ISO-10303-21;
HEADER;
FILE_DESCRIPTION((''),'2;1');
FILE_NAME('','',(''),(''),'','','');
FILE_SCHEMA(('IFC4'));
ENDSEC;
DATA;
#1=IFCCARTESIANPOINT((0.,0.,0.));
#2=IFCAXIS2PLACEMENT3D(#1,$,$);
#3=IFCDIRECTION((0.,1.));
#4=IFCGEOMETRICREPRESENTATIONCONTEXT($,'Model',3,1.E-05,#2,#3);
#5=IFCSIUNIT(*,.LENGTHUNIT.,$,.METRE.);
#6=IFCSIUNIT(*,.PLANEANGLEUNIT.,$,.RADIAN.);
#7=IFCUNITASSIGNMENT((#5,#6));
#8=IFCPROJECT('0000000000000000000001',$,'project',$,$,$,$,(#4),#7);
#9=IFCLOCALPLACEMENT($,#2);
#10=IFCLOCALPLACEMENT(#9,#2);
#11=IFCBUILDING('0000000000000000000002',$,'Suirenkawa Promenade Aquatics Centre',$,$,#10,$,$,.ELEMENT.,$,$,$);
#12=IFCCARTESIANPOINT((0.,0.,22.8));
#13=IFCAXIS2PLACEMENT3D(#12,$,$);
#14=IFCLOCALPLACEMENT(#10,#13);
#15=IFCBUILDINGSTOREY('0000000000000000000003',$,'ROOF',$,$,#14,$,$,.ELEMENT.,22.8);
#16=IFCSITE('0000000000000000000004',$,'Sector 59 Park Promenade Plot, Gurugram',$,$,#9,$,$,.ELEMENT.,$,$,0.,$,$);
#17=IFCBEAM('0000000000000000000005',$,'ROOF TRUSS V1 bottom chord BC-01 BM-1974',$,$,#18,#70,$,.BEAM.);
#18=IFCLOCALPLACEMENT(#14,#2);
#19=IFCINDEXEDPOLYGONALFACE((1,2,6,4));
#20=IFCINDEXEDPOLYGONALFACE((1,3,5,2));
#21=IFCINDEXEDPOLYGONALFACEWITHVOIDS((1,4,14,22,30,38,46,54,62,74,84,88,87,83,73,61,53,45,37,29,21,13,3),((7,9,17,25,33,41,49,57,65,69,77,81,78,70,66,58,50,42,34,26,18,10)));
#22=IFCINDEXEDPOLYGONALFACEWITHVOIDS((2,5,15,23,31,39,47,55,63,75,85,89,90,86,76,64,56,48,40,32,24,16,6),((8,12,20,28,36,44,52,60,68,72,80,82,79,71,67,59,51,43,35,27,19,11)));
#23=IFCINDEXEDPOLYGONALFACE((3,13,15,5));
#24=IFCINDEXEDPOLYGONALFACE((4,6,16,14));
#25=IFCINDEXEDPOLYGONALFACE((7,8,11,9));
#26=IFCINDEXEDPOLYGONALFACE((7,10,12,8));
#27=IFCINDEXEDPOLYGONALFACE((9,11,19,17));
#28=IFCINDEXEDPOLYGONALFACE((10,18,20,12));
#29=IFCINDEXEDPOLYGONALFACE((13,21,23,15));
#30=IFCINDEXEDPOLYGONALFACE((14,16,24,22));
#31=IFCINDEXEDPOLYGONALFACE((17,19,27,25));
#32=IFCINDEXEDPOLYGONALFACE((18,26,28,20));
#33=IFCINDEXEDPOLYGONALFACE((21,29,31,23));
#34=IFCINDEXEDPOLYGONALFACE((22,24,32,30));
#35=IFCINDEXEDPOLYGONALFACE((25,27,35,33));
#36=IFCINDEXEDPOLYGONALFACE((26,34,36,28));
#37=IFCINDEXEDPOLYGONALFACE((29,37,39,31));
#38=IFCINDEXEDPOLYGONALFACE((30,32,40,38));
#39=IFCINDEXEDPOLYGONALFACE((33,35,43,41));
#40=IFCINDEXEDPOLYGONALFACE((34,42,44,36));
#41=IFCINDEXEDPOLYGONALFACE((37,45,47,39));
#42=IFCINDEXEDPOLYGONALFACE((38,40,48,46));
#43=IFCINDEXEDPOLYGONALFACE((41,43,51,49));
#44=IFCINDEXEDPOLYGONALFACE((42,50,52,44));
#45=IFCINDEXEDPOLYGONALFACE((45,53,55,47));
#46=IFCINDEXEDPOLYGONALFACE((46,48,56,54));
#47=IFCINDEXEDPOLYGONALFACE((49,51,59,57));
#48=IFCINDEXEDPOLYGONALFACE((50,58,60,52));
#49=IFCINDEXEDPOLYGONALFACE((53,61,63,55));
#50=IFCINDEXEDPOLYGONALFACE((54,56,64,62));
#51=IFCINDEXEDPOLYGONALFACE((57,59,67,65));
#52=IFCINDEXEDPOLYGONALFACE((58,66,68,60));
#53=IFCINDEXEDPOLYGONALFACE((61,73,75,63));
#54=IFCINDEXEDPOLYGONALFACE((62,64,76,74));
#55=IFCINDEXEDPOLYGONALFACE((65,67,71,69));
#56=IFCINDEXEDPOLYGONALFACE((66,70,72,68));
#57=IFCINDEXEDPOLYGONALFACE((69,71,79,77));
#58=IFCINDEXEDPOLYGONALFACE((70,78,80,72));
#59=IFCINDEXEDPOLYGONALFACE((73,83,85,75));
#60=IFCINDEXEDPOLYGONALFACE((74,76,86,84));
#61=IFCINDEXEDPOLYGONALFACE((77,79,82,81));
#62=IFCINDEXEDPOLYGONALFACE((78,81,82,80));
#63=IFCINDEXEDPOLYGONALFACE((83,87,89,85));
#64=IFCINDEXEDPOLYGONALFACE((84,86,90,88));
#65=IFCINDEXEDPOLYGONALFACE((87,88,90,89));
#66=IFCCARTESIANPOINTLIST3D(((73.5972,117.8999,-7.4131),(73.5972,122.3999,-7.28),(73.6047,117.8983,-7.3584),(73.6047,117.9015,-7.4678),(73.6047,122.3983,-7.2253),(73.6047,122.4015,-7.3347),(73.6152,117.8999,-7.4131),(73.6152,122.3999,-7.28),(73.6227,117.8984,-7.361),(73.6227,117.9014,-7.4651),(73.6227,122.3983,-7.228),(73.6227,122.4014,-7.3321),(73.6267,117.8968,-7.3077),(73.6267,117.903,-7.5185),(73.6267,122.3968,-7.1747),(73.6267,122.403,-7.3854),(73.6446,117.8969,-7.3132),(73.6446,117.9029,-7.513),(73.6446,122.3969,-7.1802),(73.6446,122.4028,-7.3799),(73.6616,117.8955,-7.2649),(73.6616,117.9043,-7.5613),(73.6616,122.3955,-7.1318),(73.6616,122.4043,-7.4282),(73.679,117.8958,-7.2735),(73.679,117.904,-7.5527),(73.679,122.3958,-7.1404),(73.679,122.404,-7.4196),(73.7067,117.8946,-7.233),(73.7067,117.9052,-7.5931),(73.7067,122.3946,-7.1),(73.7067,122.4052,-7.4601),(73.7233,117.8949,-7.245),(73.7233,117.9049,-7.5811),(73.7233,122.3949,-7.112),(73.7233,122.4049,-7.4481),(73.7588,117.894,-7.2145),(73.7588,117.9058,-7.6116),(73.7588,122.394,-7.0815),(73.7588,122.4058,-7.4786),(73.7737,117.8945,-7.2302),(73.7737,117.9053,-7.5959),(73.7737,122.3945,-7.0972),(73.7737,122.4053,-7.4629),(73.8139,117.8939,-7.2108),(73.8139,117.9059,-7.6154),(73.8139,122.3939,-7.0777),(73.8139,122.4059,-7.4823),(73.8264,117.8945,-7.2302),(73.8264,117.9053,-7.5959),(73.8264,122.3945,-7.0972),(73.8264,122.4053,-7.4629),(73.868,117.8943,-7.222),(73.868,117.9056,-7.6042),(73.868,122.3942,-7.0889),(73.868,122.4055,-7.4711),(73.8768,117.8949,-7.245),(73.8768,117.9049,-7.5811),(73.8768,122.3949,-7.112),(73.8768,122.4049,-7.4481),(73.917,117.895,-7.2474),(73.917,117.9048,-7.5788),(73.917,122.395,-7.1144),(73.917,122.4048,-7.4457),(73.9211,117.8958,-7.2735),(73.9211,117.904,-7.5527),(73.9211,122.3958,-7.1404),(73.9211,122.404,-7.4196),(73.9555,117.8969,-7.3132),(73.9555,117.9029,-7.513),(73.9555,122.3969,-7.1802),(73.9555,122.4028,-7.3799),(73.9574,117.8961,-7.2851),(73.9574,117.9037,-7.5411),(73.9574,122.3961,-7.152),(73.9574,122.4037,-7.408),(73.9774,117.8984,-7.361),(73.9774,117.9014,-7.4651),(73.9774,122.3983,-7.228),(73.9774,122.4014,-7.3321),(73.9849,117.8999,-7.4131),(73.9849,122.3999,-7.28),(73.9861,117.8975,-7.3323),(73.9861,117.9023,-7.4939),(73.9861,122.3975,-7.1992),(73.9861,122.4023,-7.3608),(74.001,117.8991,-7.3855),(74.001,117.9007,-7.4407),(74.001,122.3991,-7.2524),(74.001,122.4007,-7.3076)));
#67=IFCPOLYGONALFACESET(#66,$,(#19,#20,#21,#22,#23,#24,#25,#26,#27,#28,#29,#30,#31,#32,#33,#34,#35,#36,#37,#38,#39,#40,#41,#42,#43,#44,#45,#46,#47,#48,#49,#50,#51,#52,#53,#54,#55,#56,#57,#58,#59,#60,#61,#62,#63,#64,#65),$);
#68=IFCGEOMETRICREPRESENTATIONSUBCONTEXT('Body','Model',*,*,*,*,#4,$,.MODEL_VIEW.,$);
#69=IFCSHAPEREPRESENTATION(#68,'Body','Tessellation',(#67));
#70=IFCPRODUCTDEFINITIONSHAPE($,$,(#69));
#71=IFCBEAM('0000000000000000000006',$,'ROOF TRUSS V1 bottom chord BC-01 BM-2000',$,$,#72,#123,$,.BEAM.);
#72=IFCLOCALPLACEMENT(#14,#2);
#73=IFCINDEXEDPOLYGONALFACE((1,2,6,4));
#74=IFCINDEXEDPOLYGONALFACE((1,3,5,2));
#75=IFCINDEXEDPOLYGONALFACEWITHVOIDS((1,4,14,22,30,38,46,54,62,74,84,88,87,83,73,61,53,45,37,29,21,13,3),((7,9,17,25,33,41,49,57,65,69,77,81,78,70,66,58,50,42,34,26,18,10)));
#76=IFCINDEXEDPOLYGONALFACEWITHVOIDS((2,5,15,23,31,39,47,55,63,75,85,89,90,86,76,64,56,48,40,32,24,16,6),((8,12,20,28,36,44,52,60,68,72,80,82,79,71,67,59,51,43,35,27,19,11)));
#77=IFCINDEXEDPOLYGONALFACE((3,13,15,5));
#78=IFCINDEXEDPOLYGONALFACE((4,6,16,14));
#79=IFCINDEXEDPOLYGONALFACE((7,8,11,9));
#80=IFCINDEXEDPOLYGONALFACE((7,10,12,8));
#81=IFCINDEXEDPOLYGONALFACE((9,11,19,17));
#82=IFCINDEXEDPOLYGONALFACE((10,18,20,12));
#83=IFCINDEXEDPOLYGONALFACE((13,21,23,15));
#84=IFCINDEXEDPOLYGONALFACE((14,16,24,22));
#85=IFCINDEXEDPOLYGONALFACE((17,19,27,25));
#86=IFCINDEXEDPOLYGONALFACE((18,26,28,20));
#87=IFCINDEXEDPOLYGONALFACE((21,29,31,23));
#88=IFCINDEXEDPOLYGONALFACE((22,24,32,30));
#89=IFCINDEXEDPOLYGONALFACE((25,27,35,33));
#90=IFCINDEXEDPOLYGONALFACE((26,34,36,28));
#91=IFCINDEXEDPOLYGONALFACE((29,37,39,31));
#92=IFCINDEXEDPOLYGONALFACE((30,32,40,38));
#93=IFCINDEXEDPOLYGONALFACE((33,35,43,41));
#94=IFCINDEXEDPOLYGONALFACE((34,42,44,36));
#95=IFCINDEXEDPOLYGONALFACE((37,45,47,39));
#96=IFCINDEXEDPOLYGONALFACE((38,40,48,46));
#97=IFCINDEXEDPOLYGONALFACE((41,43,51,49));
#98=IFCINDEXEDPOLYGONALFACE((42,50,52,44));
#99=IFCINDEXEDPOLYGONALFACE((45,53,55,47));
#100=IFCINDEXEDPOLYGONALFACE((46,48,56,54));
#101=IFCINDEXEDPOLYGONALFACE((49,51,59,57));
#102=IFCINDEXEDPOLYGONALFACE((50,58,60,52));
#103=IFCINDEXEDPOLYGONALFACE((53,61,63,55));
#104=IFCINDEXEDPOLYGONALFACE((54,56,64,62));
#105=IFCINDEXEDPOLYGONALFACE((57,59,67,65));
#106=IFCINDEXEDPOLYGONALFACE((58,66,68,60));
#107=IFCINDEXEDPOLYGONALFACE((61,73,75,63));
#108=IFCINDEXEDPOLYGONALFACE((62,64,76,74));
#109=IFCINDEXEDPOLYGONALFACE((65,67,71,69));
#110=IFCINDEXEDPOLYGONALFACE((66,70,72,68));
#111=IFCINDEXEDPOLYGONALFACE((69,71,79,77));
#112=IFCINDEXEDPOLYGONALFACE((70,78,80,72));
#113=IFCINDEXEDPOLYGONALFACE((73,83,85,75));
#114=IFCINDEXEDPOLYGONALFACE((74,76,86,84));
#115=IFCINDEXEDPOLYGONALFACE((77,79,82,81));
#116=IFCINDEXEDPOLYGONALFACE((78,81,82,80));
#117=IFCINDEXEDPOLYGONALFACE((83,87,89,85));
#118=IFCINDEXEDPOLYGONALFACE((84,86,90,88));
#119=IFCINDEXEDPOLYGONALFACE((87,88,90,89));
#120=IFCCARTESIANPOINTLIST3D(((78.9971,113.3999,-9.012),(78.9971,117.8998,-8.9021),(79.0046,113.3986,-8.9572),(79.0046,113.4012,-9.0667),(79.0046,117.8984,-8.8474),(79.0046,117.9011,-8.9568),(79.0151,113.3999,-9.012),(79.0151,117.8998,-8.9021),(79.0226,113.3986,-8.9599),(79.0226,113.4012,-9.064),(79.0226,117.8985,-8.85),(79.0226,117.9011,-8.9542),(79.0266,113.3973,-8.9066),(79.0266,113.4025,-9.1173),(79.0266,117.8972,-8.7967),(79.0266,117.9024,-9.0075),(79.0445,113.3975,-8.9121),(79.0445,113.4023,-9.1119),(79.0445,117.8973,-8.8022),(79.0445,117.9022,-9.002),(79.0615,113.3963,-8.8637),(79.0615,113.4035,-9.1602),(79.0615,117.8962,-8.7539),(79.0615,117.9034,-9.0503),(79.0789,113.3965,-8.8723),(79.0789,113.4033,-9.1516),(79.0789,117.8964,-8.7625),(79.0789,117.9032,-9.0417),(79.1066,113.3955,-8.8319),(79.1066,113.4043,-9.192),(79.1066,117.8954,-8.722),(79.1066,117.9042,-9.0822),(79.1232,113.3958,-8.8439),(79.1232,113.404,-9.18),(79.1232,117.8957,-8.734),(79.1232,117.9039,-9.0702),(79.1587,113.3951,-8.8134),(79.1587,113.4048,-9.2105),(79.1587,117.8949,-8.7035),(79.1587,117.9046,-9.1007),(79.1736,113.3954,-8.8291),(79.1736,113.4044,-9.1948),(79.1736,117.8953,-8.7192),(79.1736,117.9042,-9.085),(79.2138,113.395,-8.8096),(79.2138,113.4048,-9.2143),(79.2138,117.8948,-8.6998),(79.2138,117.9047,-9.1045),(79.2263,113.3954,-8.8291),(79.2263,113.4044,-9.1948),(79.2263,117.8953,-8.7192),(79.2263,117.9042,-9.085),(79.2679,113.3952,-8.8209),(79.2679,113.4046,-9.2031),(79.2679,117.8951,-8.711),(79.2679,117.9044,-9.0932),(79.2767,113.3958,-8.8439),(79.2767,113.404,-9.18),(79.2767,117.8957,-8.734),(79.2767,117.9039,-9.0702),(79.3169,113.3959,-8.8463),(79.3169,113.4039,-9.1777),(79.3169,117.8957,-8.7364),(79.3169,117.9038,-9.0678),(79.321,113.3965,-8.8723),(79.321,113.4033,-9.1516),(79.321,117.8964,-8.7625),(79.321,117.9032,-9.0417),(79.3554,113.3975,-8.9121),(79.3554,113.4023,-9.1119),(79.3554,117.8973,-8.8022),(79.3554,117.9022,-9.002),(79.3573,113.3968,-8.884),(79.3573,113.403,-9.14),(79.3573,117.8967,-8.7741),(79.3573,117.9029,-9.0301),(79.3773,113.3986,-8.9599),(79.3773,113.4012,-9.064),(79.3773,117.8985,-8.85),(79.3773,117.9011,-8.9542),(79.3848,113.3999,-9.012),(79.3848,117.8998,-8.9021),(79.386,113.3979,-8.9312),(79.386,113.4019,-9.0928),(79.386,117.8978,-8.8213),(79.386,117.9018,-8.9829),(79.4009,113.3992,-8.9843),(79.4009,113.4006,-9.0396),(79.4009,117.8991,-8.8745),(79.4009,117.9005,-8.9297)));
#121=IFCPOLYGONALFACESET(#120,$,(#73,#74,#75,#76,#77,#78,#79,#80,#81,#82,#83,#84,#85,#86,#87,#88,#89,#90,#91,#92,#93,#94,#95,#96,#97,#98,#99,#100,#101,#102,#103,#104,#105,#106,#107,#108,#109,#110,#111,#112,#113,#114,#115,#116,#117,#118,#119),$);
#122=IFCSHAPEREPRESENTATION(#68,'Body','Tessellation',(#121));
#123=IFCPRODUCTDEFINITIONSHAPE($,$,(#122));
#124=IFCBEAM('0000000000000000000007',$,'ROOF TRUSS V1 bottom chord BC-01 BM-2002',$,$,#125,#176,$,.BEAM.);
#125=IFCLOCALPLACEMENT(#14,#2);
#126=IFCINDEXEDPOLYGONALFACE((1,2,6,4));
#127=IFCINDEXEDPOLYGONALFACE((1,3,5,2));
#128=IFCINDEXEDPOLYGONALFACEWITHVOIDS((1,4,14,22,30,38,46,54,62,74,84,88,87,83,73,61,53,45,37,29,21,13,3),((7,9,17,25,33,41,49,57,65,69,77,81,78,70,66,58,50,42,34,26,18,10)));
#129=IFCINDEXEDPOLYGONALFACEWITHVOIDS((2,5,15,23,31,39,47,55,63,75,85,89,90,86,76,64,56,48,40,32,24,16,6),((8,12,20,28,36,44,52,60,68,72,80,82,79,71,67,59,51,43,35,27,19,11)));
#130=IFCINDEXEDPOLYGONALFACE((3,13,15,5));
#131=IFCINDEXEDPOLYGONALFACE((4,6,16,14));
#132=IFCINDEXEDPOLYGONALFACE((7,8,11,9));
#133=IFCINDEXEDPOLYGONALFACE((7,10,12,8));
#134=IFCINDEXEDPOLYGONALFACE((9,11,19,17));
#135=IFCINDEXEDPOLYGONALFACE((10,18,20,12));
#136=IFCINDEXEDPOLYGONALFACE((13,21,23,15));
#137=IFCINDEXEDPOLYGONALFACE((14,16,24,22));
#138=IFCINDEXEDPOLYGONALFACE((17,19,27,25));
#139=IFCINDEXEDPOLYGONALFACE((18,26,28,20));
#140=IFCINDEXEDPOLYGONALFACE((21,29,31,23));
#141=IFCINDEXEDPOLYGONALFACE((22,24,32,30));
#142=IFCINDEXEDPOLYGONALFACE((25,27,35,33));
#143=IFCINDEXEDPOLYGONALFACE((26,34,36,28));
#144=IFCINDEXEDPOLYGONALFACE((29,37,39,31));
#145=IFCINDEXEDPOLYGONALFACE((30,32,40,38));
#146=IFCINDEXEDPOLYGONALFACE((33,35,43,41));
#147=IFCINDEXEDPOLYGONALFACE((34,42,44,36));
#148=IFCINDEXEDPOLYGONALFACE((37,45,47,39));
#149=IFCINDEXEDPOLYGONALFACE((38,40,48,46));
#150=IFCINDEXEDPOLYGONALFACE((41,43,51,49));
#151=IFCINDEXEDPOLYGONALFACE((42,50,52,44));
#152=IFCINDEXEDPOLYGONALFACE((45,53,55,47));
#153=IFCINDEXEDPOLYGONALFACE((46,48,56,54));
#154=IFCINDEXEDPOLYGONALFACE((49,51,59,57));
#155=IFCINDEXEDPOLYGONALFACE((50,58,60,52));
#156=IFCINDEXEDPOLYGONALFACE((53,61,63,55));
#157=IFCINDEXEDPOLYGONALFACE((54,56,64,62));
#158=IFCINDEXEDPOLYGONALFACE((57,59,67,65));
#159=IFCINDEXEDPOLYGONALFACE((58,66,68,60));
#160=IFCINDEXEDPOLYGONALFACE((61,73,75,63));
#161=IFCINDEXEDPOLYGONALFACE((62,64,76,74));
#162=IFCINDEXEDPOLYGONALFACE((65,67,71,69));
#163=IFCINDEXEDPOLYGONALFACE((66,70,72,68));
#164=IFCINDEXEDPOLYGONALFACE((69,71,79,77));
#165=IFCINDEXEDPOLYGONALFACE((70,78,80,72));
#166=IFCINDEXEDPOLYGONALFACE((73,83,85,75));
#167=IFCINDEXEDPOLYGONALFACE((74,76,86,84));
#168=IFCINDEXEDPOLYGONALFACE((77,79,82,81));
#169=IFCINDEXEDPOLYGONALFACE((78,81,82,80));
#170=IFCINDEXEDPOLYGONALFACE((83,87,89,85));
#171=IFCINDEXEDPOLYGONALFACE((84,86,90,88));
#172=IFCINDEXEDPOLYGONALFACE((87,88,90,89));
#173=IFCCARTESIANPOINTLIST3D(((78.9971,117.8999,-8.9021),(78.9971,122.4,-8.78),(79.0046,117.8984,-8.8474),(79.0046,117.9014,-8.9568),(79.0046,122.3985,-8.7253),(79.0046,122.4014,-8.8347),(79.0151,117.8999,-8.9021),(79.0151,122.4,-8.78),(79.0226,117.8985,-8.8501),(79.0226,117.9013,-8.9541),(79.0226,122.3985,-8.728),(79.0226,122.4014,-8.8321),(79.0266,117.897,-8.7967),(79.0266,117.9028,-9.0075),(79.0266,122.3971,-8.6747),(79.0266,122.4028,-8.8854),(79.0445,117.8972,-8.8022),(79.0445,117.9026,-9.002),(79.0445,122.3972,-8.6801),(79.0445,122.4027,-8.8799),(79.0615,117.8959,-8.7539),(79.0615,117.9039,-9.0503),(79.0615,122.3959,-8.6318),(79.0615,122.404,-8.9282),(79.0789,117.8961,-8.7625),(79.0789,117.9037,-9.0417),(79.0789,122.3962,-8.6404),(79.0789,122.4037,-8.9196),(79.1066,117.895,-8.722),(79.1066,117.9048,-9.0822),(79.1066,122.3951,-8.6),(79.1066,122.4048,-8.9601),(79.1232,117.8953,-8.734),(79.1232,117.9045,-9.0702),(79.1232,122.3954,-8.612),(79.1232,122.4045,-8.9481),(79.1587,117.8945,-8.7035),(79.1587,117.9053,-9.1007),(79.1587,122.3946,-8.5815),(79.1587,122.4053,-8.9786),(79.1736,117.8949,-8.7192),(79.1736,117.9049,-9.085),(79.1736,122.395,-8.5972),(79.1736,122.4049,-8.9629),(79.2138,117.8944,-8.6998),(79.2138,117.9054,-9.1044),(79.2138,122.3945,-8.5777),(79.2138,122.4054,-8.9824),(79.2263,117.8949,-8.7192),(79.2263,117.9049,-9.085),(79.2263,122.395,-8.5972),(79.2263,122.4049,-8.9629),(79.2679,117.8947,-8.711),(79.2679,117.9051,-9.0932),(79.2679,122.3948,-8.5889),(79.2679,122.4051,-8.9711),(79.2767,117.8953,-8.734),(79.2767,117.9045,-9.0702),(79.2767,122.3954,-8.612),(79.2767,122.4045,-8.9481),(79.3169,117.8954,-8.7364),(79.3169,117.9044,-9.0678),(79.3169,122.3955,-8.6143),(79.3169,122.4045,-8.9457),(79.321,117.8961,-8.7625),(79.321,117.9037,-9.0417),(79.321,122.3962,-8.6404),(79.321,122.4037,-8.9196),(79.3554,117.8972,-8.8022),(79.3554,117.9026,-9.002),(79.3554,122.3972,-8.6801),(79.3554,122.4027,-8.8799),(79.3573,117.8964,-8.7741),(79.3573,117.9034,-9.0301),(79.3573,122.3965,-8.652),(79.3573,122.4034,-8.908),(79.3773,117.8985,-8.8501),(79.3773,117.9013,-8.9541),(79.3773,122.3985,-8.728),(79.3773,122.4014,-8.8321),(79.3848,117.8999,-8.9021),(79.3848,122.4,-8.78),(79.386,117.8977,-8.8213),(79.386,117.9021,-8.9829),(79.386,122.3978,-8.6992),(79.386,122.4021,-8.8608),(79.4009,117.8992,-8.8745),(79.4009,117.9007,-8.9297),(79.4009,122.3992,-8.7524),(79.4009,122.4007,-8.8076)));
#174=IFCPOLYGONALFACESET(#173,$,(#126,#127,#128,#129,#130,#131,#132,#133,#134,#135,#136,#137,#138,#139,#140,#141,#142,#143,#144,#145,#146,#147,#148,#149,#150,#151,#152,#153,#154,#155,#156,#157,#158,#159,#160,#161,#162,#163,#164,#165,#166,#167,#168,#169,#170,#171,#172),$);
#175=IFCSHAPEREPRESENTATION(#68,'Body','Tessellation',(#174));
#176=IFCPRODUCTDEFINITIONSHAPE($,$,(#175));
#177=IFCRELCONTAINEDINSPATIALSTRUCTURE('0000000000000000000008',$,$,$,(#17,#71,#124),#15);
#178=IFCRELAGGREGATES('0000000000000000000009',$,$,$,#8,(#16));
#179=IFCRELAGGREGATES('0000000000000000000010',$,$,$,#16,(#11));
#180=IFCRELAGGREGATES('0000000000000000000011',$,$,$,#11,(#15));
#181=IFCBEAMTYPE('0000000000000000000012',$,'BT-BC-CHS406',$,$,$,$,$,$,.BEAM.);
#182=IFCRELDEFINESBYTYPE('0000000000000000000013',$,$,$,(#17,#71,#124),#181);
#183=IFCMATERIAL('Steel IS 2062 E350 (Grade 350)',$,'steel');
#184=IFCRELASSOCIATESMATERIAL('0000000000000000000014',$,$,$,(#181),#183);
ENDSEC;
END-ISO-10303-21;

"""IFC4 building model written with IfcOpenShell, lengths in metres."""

from ifc_helpers import new_model, si_unit, direction, frame, origin, origin_2d, place, context, subcontext, project, spatial, hollow_circle, extrude, material, material_profile, profile_set, type_object, element, save


model = new_model("IFC4")

# Units and contexts
model_context = context("Model", 3, precision=1e-05, world=origin(), true_north=direction((0.0, 1.0)))
body_context = subcontext(model_context, "Body", "Model", "MODEL_VIEW")
ifc_project = project(units=[si_unit("LENGTHUNIT", "METRE"), si_unit("PLANEANGLEUNIT", "RADIAN")], contexts=[model_context])

# Site, building, storey
site_placement = place(None, origin())
site = spatial("IfcSite", under=ifc_project, at=site_placement, Name="Sector 59 Park Promenade Plot, Gurugram", CompositionType="ELEMENT", RefElevation=0.0)
building_placement = place(site_placement, origin())
building = spatial("IfcBuilding", under=site, at=building_placement, Name="Suirenkawa Promenade Aquatics Centre", CompositionType="ELEMENT")
storey_placement = place(building_placement, frame((0.0, 0.0, 22.8)))
storey = spatial("IfcBuildingStorey", under=building, at=storey_placement, Name="ROOF", CompositionType="ELEMENT", Elevation=22.8)

# Beams
ifc_material = material(Name="Steel IS 2062 E350 (Grade 350)", Category="steel")
ifc_material_profile_1 = material_profile(ifc_material, hollow_circle(Radius=0.2029, WallThickness=0.0181, at=origin_2d()), Name="CHS 406x18", Category="steel")
ifc_profile_set_1 = profile_set([ifc_material_profile_1], Name="Steel IS 2062 E350 (Grade 350)")
beam_type_1 = type_object("IfcBeamType", Name="BT-BC-CHS406", PredefinedType="BEAM", material=ifc_profile_set_1)
beam_1_placement = place(storey_placement, frame((73.8, 117.8999, -7.4131), z_axis=(0.0, 0.999563, 0.029555), x_axis=(-1.0, 0.0, 0.0)))
element("IfcBeam", 1, at=beam_1_placement, inside=storey, type_object=beam_type_1, Name="ROOF TRUSS V1 bottom chord BC-01 BM-1974", PredefinedType="BEAM", context=body_context, shape_type="SweptSolid", body=[
    extrude(hollow_circle(Radius=0.2029, WallThickness=0.0181, at=origin_2d()), origin(), (0.0, 0.0, 1.0), 4.502),
])
beam_2_placement = place(storey_placement, frame((79.2, 113.3999, -9.012), z_axis=(0.0, 0.999702, 0.024407), x_axis=(-1.0, 0.0, 0.0)))
element("IfcBeam", 2, at=beam_2_placement, inside=storey, type_object=beam_type_1, Name="ROOF TRUSS V1 bottom chord BC-01 BM-2000", PredefinedType="BEAM", context=body_context, shape_type="SweptSolid", body=[
    extrude(hollow_circle(Radius=0.2029, WallThickness=0.0181, at=origin_2d()), origin(), (0.0, 0.0, 1.0), 4.5012),
])
beam_3_placement = place(storey_placement, frame((79.2, 117.8999, -8.9021), z_axis=(0.0, 0.999632, 0.027117), x_axis=(-1.0, 0.0, 0.0)))
element("IfcBeam", 3, at=beam_3_placement, inside=storey, type_object=beam_type_1, Name="ROOF TRUSS V1 bottom chord BC-01 BM-2002", PredefinedType="BEAM", context=body_context, shape_type="SweptSolid", body=[
    extrude(hollow_circle(Radius=0.2029, WallThickness=0.0181, at=origin_2d()), origin(), (0.0, 0.0, 1.0), 4.5017),
])

save(model, "model.ifc")
